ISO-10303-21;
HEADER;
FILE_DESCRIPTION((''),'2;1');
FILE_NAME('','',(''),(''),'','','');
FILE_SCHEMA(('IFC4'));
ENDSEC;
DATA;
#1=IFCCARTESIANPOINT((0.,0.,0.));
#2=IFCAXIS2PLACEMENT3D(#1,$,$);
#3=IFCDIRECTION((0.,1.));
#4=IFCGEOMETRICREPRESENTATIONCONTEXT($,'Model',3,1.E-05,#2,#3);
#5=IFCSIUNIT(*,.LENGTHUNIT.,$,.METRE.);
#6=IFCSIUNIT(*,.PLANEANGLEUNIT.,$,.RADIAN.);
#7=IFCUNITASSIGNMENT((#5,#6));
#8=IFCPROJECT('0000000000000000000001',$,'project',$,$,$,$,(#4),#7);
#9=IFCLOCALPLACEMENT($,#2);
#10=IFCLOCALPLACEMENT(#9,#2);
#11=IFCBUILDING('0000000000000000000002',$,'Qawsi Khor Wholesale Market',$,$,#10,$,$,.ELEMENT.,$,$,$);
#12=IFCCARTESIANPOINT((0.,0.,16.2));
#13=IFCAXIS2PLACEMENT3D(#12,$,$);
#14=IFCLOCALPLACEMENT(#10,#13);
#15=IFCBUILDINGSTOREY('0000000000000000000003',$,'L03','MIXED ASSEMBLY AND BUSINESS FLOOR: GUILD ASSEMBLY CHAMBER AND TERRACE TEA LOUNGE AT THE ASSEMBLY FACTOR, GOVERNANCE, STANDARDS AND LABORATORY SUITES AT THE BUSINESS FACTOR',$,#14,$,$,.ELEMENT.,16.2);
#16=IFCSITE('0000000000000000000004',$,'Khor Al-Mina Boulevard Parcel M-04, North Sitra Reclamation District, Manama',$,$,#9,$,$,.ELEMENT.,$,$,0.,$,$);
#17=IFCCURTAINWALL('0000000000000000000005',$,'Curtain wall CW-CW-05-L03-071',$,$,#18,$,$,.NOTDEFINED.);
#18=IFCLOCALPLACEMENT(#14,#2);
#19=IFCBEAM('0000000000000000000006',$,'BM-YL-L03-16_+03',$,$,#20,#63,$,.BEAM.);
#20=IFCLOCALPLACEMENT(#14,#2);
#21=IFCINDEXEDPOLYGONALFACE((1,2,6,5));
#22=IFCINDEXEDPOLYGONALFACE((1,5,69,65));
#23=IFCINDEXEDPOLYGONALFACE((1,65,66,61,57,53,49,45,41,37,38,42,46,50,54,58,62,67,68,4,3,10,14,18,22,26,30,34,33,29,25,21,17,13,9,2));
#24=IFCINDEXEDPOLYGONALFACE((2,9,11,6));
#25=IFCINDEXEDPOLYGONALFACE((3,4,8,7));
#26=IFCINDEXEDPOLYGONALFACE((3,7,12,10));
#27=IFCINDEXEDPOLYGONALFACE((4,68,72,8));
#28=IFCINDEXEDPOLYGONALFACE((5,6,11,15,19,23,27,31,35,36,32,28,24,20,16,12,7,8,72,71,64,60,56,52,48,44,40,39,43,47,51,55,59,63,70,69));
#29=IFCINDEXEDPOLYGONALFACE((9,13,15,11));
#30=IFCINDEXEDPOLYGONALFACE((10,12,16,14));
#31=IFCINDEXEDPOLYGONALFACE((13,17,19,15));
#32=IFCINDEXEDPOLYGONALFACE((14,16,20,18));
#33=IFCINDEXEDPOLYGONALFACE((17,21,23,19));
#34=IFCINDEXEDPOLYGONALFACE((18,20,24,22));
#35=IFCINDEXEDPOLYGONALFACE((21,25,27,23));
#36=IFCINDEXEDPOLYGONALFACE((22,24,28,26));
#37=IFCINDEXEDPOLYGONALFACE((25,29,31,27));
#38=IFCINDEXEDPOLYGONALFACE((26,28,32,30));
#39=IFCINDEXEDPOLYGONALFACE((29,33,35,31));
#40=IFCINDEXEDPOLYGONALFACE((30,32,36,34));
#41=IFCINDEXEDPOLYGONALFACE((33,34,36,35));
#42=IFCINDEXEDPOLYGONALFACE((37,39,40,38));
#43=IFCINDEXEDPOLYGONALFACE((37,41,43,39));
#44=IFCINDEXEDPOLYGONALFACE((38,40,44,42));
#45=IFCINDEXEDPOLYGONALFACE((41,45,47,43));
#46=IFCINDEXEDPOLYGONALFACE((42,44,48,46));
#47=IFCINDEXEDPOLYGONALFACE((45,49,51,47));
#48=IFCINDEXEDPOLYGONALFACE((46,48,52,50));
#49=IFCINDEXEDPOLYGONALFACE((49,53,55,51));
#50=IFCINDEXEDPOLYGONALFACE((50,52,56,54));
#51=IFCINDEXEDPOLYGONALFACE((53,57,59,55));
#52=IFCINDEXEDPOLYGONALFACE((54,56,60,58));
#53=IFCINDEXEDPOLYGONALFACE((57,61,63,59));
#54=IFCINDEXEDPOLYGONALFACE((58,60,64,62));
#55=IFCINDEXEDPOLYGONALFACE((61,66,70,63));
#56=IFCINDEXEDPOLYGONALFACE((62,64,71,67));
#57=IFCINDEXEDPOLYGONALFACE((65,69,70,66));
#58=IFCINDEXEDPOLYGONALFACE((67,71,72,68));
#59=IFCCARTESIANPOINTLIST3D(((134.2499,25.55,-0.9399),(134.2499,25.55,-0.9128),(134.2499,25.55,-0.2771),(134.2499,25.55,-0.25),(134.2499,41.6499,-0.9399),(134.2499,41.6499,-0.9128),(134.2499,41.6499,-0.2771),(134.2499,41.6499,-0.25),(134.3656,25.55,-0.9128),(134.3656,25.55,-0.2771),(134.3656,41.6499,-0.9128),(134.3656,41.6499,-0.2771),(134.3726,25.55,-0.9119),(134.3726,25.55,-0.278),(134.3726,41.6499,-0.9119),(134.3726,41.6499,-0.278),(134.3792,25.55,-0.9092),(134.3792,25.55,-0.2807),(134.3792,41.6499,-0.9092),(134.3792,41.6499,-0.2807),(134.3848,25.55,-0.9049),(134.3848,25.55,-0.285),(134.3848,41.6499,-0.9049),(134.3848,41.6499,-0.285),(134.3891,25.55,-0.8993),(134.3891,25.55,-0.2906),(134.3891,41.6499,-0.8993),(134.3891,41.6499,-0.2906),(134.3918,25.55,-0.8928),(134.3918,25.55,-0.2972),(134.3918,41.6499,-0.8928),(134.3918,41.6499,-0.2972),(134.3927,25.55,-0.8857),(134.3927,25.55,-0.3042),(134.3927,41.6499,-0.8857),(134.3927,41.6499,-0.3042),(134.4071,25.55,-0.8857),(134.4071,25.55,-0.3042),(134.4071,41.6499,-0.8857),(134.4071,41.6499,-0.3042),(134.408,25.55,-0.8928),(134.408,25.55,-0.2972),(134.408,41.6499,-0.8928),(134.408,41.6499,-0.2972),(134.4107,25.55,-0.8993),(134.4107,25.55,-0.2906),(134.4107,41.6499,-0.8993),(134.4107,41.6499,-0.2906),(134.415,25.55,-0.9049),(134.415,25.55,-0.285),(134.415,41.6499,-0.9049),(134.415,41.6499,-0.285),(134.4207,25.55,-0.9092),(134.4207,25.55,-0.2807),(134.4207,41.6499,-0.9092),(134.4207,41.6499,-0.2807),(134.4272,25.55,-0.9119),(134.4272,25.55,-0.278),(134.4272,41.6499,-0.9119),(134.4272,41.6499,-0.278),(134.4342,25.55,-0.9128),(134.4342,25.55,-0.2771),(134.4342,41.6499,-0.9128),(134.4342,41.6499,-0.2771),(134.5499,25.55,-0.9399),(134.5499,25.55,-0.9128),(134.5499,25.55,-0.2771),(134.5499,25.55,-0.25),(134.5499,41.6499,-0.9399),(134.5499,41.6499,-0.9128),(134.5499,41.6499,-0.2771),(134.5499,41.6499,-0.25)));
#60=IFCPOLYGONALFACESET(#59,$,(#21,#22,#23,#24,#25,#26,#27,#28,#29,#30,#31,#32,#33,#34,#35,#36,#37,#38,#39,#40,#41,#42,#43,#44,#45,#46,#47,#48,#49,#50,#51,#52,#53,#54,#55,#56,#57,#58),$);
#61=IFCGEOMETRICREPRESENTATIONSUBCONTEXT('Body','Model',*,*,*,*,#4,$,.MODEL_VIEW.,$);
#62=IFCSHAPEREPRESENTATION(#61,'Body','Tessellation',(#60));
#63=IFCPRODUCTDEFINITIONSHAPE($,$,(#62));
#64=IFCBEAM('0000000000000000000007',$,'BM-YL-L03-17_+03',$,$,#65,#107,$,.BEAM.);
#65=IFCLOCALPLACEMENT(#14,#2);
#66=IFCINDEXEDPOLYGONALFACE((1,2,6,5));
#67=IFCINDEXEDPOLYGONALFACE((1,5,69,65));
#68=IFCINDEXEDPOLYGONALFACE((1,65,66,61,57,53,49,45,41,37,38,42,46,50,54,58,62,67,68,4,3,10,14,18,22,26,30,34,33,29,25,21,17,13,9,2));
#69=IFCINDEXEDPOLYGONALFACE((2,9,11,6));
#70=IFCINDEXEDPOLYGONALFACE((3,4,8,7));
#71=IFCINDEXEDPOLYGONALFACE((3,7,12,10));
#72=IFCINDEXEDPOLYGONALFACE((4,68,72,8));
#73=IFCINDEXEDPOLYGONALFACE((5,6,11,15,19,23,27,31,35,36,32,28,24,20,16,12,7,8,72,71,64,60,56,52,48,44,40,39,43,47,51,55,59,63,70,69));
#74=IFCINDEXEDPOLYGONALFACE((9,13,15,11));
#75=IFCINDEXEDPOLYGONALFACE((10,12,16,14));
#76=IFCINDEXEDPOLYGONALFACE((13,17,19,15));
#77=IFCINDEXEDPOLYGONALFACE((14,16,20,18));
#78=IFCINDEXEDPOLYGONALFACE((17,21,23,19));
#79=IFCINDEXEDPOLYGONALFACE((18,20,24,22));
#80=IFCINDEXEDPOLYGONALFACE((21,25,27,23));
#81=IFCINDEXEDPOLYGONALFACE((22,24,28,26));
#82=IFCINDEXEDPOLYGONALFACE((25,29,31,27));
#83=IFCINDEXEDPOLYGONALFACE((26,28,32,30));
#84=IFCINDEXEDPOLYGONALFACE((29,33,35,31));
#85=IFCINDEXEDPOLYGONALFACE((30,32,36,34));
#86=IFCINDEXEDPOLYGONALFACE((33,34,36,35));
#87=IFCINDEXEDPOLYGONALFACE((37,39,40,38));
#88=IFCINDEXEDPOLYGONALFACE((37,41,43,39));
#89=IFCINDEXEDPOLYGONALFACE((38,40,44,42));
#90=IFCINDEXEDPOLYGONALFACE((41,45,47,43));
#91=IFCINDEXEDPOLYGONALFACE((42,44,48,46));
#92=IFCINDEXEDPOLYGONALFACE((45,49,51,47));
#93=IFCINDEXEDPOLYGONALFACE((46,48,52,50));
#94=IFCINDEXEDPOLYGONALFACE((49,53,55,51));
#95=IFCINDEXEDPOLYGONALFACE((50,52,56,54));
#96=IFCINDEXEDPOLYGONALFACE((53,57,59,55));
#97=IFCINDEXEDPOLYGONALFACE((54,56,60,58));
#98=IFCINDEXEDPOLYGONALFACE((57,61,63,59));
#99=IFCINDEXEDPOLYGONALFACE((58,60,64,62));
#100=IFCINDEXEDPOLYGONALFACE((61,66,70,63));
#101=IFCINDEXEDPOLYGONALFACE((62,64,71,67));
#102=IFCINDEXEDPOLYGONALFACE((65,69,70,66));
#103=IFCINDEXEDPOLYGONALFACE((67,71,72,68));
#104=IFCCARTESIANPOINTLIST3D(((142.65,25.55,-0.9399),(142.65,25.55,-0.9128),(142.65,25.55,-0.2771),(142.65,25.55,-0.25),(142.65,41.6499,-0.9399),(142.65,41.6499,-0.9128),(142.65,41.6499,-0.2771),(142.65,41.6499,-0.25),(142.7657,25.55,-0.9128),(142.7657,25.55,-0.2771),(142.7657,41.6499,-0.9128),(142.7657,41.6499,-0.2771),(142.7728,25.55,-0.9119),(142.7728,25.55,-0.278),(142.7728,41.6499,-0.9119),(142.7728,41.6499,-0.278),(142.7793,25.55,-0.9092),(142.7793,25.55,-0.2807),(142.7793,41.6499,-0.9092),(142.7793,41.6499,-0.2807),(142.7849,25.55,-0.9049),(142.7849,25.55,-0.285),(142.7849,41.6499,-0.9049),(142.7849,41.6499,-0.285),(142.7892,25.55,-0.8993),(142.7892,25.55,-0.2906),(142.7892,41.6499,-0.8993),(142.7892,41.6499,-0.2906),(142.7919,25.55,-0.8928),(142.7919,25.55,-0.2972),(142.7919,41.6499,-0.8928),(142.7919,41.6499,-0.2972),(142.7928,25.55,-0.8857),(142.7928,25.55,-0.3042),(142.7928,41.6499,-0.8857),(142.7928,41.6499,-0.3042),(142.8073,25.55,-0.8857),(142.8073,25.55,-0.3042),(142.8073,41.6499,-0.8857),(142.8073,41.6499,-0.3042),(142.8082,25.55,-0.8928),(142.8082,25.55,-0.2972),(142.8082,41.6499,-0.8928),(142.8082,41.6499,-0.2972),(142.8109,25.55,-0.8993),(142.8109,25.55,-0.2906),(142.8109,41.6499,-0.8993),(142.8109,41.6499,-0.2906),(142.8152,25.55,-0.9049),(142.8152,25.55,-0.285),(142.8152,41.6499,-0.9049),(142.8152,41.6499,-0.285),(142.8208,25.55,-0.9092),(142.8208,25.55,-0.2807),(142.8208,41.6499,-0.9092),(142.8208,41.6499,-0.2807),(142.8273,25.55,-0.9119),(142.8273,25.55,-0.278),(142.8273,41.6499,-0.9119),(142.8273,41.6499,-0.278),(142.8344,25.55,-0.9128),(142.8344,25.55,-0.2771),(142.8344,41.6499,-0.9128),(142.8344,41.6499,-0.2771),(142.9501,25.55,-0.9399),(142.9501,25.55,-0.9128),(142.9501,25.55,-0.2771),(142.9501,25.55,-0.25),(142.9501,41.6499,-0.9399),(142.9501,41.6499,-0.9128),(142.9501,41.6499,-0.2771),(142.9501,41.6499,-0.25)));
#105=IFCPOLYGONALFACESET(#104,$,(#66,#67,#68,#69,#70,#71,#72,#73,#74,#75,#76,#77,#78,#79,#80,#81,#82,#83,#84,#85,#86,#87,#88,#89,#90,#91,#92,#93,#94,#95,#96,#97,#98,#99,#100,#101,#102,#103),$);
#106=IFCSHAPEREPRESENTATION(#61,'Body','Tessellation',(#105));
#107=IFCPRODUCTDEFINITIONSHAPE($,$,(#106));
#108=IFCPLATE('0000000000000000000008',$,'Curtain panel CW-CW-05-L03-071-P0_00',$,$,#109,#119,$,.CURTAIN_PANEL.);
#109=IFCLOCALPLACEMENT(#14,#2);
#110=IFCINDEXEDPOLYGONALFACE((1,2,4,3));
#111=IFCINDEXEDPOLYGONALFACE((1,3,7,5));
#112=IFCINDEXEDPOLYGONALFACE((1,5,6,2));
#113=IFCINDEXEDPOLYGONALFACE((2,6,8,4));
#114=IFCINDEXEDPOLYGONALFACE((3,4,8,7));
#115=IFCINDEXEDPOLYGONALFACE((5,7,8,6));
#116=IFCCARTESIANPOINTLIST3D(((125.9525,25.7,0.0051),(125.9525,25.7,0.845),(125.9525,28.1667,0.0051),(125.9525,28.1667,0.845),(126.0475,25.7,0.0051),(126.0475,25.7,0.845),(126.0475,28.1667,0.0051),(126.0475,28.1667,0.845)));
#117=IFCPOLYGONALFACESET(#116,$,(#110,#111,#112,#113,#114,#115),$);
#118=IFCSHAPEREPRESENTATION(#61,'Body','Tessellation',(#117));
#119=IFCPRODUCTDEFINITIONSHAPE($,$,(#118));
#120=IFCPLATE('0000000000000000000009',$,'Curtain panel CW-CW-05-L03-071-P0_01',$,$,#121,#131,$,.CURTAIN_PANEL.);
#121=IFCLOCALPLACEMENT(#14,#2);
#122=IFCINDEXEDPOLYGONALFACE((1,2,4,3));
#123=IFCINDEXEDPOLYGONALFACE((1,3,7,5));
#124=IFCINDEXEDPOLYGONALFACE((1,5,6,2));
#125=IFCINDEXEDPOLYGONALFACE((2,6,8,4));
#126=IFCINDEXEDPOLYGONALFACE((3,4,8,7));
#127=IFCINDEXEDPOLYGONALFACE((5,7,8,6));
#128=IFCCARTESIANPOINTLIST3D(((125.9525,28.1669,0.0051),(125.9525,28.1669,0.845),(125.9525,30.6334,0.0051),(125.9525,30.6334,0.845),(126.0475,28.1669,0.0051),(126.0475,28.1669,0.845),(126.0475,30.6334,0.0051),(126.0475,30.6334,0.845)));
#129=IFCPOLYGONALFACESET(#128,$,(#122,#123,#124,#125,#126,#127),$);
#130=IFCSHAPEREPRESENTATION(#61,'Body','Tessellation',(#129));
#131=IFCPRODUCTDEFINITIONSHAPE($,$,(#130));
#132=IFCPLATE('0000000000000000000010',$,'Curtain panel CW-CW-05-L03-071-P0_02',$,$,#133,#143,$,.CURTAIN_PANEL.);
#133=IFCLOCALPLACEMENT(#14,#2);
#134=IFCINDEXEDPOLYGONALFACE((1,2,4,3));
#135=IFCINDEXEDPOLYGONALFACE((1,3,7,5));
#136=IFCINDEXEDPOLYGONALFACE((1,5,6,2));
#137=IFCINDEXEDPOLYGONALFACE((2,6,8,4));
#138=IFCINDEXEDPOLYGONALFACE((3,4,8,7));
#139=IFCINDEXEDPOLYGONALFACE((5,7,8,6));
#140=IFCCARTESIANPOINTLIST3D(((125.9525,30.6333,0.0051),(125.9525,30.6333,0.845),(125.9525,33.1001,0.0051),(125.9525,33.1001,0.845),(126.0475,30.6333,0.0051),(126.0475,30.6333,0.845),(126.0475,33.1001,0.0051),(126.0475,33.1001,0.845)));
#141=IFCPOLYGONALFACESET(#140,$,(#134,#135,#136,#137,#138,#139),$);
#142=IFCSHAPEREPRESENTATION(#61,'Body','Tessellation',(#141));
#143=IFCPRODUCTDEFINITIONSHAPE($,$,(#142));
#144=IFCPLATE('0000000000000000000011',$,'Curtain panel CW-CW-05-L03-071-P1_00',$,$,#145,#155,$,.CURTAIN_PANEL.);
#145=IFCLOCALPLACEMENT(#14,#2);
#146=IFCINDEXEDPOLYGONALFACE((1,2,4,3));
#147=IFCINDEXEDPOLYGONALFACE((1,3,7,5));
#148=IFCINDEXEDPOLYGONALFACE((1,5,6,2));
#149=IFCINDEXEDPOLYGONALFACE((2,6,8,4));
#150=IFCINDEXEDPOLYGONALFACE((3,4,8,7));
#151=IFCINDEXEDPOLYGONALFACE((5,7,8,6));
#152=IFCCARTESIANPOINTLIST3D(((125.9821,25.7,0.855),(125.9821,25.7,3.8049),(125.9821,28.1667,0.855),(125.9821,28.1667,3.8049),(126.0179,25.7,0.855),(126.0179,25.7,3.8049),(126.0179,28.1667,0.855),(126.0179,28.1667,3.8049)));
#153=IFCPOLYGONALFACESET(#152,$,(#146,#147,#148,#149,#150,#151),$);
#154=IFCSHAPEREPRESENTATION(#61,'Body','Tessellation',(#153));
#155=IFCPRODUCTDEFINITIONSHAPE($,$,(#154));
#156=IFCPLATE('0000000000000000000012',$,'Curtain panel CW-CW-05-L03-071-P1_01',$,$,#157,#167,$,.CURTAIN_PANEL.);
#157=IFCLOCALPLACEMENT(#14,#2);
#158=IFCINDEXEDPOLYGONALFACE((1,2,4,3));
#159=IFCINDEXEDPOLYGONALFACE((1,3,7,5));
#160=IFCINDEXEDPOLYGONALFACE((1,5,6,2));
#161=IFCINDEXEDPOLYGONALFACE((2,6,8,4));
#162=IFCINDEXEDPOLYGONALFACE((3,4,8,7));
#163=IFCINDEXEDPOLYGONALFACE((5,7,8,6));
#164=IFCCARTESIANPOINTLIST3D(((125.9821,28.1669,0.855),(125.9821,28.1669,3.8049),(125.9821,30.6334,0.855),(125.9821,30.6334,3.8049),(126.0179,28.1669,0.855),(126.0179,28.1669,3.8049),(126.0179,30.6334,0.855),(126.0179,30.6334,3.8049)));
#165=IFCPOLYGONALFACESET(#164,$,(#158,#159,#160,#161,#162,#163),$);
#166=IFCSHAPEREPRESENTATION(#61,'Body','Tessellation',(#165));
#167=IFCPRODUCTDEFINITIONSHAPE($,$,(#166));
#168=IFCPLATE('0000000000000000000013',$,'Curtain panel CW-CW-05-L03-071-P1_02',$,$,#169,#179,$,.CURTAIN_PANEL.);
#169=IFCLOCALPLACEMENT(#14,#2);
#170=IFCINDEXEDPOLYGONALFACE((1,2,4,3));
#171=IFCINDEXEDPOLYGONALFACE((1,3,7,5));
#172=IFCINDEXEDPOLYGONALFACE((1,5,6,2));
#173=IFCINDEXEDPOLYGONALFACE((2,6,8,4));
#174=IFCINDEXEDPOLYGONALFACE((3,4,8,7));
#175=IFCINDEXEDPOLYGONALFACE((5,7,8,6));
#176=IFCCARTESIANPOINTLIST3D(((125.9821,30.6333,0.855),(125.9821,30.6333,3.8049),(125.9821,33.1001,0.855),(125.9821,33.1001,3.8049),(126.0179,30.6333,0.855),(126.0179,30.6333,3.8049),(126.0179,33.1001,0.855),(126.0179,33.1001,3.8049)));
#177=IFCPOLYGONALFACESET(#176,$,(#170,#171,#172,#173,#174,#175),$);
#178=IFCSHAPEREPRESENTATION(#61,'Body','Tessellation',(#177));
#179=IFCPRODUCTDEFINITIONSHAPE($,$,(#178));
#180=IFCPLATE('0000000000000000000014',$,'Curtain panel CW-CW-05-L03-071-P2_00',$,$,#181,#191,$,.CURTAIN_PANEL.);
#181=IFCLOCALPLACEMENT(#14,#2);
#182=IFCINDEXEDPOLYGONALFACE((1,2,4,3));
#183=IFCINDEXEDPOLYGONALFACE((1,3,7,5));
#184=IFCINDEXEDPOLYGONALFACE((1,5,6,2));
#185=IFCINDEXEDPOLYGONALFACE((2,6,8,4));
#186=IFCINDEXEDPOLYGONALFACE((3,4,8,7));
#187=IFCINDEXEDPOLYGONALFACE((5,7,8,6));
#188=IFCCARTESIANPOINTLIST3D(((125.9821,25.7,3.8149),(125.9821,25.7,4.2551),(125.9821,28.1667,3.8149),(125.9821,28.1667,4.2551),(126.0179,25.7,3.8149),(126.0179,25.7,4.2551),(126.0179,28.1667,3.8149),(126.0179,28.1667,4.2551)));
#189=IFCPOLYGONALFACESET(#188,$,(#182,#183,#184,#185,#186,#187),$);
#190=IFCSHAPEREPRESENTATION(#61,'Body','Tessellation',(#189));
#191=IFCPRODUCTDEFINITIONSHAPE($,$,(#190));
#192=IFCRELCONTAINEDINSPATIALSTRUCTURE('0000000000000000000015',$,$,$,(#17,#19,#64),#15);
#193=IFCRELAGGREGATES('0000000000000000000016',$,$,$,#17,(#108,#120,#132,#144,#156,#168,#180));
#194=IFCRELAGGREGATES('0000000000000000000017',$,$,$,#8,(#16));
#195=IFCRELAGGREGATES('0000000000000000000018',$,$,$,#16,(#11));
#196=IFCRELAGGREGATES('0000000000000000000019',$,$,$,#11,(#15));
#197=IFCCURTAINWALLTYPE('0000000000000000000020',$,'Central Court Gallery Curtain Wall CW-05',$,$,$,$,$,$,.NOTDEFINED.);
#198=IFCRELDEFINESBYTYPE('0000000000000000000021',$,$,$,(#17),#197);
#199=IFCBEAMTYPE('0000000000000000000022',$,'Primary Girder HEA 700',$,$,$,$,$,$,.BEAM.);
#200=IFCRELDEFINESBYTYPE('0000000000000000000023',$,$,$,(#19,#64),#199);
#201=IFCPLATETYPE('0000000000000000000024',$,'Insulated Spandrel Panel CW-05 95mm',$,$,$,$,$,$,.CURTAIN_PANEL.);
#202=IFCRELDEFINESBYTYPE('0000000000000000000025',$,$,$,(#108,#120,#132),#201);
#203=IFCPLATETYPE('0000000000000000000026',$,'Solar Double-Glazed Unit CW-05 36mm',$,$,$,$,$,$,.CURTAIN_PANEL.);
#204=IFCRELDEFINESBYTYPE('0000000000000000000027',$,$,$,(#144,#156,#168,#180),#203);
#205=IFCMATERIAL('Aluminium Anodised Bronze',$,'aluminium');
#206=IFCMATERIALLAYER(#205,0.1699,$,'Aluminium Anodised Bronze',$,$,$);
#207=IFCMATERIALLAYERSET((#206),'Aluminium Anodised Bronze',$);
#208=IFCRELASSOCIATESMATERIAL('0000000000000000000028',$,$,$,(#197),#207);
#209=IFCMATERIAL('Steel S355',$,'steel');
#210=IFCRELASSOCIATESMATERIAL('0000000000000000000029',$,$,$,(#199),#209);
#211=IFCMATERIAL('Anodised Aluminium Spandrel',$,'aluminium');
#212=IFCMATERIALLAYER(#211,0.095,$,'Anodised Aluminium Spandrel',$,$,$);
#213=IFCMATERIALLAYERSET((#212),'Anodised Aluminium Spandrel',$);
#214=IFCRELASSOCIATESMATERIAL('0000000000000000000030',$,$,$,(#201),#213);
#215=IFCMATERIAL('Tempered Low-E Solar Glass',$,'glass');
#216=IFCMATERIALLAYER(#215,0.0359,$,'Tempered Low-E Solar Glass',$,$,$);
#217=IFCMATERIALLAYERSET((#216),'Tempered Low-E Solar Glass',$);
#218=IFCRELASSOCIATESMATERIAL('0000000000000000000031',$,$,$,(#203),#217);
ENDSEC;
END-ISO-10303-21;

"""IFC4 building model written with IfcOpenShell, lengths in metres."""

from ifc_helpers import new_model, si_unit, direction, frame, frame_2d, origin, origin_2d, place, context, subcontext, project, spatial, rectangle, i_section, extrude, material, layer, layer_set, material_profile, profile_set, type_object, element, aggregate, save


model = new_model("IFC4")

# Units and contexts
model_context = context("Model", 3, precision=1e-05, world=origin(), true_north=direction((0.0, 1.0)))
body_context = subcontext(model_context, "Body", "Model", "MODEL_VIEW")
ifc_project = project(units=[si_unit("LENGTHUNIT", "METRE"), si_unit("PLANEANGLEUNIT", "RADIAN")], contexts=[model_context])

# Site, building, storey
site_placement = place(None, origin())
site = spatial("IfcSite", under=ifc_project, at=site_placement, Name="Khor Al-Mina Boulevard Parcel M-04, North Sitra Reclamation District, Manama", CompositionType="ELEMENT", RefElevation=0.0)
building_placement = place(site_placement, origin())
building = spatial("IfcBuilding", under=site, at=building_placement, Name="Qawsi Khor Wholesale Market", CompositionType="ELEMENT")
storey_placement = place(building_placement, frame((0.0, 0.0, 16.2)))
storey = spatial("IfcBuildingStorey", under=building, at=storey_placement, Name="L03", Description="MIXED ASSEMBLY AND BUSINESS FLOOR: GUILD ASSEMBLY CHAMBER AND TERRACE TEA LOUNGE AT THE ASSEMBLY FACTOR, GOVERNANCE, STANDARDS AND LABORATORY SUITES AT THE BUSINESS FACTOR", CompositionType="ELEMENT", Elevation=16.2)

# Curtain wall
ifc_material_1 = material(Name="Aluminium Anodised Bronze", Category="aluminium")
ifc_layer_1 = layer(ifc_material_1, 0.1699, Name="Aluminium Anodised Bronze")
ifc_layer_set_1 = layer_set([ifc_layer_1], Name="Aluminium Anodised Bronze")
curtain_wall_type = type_object("IfcCurtainWallType", Name="Central Court Gallery Curtain Wall CW-05", PredefinedType="NOTDEFINED", material=ifc_layer_set_1)
curtain_wall_placement = place(storey_placement, origin())
curtain_wall = element("IfcCurtainWall", 1, at=curtain_wall_placement, inside=storey, type_object=curtain_wall_type, Name="Curtain wall CW-CW-05-L03-071", PredefinedType="NOTDEFINED")

# Beams
ifc_material_2 = material(Name="Steel S355", Category="steel")
ifc_material_profile_1 = material_profile(ifc_material_2, i_section(OverallWidth=0.3, OverallDepth=0.6899, WebThickness=0.0144, FlangeThickness=0.0271, FilletRadius=0.0271, at=origin_2d()), Name="HEA 700")
ifc_profile_set_1 = profile_set([ifc_material_profile_1], Name="Steel S355")
beam_type_1 = type_object("IfcBeamType", Name="Primary Girder HEA 700", PredefinedType="BEAM", material=ifc_profile_set_1)
for number, where, z_axis, x_axis, name in (
    (2, (134.3999, 25.55, -0.595), (0.0, 1.0, 0.0), (-1.0, 0.0, 0.0), "BM-YL-L03-16_+03"),
    (3, (142.8, 25.55, -0.595), (0.0, 1.0, 0.0), (-1.0, 0.0, 0.0), "BM-YL-L03-17_+03"),
):
    element("IfcBeam", number, at=place(storey_placement, frame(where, z_axis=z_axis, x_axis=x_axis)), inside=storey, type_object=beam_type_1, Name=name, PredefinedType="BEAM", context=body_context, shape_type="SweptSolid", body=[
        extrude(i_section(OverallWidth=0.3, OverallDepth=0.6899, WebThickness=0.0144, FlangeThickness=0.0271, FilletRadius=0.0271, at=origin_2d()), origin(), (0.0, 0.0, 1.0), 16.0999),
    ])

# Plates
ifc_material_3 = material(Name="Anodised Aluminium Spandrel", Category="aluminium")
ifc_layer_2 = layer(ifc_material_3, 0.095, Name="Anodised Aluminium Spandrel")
ifc_layer_set_2 = layer_set([ifc_layer_2], Name="Anodised Aluminium Spandrel")
plate_type_1 = type_object("IfcPlateType", Name="Insulated Spandrel Panel CW-05 95mm", PredefinedType="CURTAIN_PANEL", material=ifc_layer_set_2)
plate_1_placement = place(storey_placement, frame((126.0, 25.7, 0.0051), z_axis=(0.0, 0.0, 1.0), x_axis=(0.0, 1.0, 0.0)))
plate_1 = element("IfcPlate", 4, at=plate_1_placement, type_object=plate_type_1, Name="Curtain panel CW-CW-05-L03-071-P0_00", PredefinedType="CURTAIN_PANEL", context=body_context, shape_type="SweptSolid", body=[
    extrude(rectangle(XDim=2.4668, YDim=0.095, at=frame_2d((1.2334, 0.0))), origin(), (0.0, 0.0, 1.0), 0.8398),
])
plate_2_placement = place(storey_placement, frame((126.0, 28.1667, 0.0051), z_axis=(0.0, 0.0, 1.0), x_axis=(0.0, 1.0, 0.0)))
plate_2 = element("IfcPlate", 5, at=plate_2_placement, type_object=plate_type_1, Name="Curtain panel CW-CW-05-L03-071-P0_01", PredefinedType="CURTAIN_PANEL", context=body_context, shape_type="SweptSolid", body=[
    extrude(rectangle(XDim=2.4666, YDim=0.095, at=frame_2d((1.2334, 0.0))), origin(), (0.0, 0.0, 1.0), 0.8398),
])
plate_3_placement = place(storey_placement, frame((126.0, 30.6333, 0.0051), z_axis=(0.0, 0.0, 1.0), x_axis=(0.0, 1.0, 0.0)))
plate_3 = element("IfcPlate", 6, at=plate_3_placement, type_object=plate_type_1, Name="Curtain panel CW-CW-05-L03-071-P0_02", PredefinedType="CURTAIN_PANEL", context=body_context, shape_type="SweptSolid", body=[
    extrude(rectangle(XDim=2.4668, YDim=0.095, at=frame_2d((1.2334, 0.0))), origin(), (0.0, 0.0, 1.0), 0.8398),
])
ifc_material_4 = material(Name="Tempered Low-E Solar Glass", Category="glass")
ifc_layer_3 = layer(ifc_material_4, 0.0359, Name="Tempered Low-E Solar Glass")
ifc_layer_set_3 = layer_set([ifc_layer_3], Name="Tempered Low-E Solar Glass")
plate_type_2 = type_object("IfcPlateType", Name="Solar Double-Glazed Unit CW-05 36mm", PredefinedType="CURTAIN_PANEL", material=ifc_layer_set_3)
plate_4_placement = place(storey_placement, frame((126.0, 25.7, 0.855), z_axis=(0.0, 0.0, 1.0), x_axis=(0.0, 1.0, 0.0)))
plate_4 = element("IfcPlate", 7, at=plate_4_placement, type_object=plate_type_2, Name="Curtain panel CW-CW-05-L03-071-P1_00", PredefinedType="CURTAIN_PANEL", context=body_context, shape_type="SweptSolid", body=[
    extrude(rectangle(XDim=2.4668, YDim=0.0359, at=frame_2d((1.2334, 0.0))), origin(), (0.0, 0.0, 1.0), 2.95),
])
plate_5_placement = place(storey_placement, frame((126.0, 28.1667, 0.855), z_axis=(0.0, 0.0, 1.0), x_axis=(0.0, 1.0, 0.0)))
plate_5 = element("IfcPlate", 8, at=plate_5_placement, type_object=plate_type_2, Name="Curtain panel CW-CW-05-L03-071-P1_01", PredefinedType="CURTAIN_PANEL", context=body_context, shape_type="SweptSolid", body=[
    extrude(rectangle(XDim=2.4666, YDim=0.0359, at=frame_2d((1.2334, 0.0))), origin(), (0.0, 0.0, 1.0), 2.95),
])
plate_6_placement = place(storey_placement, frame((126.0, 30.6333, 0.855), z_axis=(0.0, 0.0, 1.0), x_axis=(0.0, 1.0, 0.0)))
plate_6 = element("IfcPlate", 9, at=plate_6_placement, type_object=plate_type_2, Name="Curtain panel CW-CW-05-L03-071-P1_02", PredefinedType="CURTAIN_PANEL", context=body_context, shape_type="SweptSolid", body=[
    extrude(rectangle(XDim=2.4668, YDim=0.0359, at=frame_2d((1.2334, 0.0))), origin(), (0.0, 0.0, 1.0), 2.95),
])
plate_7_placement = place(storey_placement, frame((126.0, 25.7, 3.8149), z_axis=(0.0, 0.0, 1.0), x_axis=(0.0, 1.0, 0.0)))
plate_7 = element("IfcPlate", 10, at=plate_7_placement, type_object=plate_type_2, Name="Curtain panel CW-CW-05-L03-071-P2_00", PredefinedType="CURTAIN_PANEL", context=body_context, shape_type="SweptSolid", body=[
    extrude(rectangle(XDim=2.4668, YDim=0.0359, at=frame_2d((1.2334, 0.0))), origin(), (0.0, 0.0, 1.0), 0.4402),
])
aggregate(curtain_wall, [plate_1, plate_2, plate_3, plate_4, plate_5, plate_6, plate_7])

save(model, "model.ifc")
